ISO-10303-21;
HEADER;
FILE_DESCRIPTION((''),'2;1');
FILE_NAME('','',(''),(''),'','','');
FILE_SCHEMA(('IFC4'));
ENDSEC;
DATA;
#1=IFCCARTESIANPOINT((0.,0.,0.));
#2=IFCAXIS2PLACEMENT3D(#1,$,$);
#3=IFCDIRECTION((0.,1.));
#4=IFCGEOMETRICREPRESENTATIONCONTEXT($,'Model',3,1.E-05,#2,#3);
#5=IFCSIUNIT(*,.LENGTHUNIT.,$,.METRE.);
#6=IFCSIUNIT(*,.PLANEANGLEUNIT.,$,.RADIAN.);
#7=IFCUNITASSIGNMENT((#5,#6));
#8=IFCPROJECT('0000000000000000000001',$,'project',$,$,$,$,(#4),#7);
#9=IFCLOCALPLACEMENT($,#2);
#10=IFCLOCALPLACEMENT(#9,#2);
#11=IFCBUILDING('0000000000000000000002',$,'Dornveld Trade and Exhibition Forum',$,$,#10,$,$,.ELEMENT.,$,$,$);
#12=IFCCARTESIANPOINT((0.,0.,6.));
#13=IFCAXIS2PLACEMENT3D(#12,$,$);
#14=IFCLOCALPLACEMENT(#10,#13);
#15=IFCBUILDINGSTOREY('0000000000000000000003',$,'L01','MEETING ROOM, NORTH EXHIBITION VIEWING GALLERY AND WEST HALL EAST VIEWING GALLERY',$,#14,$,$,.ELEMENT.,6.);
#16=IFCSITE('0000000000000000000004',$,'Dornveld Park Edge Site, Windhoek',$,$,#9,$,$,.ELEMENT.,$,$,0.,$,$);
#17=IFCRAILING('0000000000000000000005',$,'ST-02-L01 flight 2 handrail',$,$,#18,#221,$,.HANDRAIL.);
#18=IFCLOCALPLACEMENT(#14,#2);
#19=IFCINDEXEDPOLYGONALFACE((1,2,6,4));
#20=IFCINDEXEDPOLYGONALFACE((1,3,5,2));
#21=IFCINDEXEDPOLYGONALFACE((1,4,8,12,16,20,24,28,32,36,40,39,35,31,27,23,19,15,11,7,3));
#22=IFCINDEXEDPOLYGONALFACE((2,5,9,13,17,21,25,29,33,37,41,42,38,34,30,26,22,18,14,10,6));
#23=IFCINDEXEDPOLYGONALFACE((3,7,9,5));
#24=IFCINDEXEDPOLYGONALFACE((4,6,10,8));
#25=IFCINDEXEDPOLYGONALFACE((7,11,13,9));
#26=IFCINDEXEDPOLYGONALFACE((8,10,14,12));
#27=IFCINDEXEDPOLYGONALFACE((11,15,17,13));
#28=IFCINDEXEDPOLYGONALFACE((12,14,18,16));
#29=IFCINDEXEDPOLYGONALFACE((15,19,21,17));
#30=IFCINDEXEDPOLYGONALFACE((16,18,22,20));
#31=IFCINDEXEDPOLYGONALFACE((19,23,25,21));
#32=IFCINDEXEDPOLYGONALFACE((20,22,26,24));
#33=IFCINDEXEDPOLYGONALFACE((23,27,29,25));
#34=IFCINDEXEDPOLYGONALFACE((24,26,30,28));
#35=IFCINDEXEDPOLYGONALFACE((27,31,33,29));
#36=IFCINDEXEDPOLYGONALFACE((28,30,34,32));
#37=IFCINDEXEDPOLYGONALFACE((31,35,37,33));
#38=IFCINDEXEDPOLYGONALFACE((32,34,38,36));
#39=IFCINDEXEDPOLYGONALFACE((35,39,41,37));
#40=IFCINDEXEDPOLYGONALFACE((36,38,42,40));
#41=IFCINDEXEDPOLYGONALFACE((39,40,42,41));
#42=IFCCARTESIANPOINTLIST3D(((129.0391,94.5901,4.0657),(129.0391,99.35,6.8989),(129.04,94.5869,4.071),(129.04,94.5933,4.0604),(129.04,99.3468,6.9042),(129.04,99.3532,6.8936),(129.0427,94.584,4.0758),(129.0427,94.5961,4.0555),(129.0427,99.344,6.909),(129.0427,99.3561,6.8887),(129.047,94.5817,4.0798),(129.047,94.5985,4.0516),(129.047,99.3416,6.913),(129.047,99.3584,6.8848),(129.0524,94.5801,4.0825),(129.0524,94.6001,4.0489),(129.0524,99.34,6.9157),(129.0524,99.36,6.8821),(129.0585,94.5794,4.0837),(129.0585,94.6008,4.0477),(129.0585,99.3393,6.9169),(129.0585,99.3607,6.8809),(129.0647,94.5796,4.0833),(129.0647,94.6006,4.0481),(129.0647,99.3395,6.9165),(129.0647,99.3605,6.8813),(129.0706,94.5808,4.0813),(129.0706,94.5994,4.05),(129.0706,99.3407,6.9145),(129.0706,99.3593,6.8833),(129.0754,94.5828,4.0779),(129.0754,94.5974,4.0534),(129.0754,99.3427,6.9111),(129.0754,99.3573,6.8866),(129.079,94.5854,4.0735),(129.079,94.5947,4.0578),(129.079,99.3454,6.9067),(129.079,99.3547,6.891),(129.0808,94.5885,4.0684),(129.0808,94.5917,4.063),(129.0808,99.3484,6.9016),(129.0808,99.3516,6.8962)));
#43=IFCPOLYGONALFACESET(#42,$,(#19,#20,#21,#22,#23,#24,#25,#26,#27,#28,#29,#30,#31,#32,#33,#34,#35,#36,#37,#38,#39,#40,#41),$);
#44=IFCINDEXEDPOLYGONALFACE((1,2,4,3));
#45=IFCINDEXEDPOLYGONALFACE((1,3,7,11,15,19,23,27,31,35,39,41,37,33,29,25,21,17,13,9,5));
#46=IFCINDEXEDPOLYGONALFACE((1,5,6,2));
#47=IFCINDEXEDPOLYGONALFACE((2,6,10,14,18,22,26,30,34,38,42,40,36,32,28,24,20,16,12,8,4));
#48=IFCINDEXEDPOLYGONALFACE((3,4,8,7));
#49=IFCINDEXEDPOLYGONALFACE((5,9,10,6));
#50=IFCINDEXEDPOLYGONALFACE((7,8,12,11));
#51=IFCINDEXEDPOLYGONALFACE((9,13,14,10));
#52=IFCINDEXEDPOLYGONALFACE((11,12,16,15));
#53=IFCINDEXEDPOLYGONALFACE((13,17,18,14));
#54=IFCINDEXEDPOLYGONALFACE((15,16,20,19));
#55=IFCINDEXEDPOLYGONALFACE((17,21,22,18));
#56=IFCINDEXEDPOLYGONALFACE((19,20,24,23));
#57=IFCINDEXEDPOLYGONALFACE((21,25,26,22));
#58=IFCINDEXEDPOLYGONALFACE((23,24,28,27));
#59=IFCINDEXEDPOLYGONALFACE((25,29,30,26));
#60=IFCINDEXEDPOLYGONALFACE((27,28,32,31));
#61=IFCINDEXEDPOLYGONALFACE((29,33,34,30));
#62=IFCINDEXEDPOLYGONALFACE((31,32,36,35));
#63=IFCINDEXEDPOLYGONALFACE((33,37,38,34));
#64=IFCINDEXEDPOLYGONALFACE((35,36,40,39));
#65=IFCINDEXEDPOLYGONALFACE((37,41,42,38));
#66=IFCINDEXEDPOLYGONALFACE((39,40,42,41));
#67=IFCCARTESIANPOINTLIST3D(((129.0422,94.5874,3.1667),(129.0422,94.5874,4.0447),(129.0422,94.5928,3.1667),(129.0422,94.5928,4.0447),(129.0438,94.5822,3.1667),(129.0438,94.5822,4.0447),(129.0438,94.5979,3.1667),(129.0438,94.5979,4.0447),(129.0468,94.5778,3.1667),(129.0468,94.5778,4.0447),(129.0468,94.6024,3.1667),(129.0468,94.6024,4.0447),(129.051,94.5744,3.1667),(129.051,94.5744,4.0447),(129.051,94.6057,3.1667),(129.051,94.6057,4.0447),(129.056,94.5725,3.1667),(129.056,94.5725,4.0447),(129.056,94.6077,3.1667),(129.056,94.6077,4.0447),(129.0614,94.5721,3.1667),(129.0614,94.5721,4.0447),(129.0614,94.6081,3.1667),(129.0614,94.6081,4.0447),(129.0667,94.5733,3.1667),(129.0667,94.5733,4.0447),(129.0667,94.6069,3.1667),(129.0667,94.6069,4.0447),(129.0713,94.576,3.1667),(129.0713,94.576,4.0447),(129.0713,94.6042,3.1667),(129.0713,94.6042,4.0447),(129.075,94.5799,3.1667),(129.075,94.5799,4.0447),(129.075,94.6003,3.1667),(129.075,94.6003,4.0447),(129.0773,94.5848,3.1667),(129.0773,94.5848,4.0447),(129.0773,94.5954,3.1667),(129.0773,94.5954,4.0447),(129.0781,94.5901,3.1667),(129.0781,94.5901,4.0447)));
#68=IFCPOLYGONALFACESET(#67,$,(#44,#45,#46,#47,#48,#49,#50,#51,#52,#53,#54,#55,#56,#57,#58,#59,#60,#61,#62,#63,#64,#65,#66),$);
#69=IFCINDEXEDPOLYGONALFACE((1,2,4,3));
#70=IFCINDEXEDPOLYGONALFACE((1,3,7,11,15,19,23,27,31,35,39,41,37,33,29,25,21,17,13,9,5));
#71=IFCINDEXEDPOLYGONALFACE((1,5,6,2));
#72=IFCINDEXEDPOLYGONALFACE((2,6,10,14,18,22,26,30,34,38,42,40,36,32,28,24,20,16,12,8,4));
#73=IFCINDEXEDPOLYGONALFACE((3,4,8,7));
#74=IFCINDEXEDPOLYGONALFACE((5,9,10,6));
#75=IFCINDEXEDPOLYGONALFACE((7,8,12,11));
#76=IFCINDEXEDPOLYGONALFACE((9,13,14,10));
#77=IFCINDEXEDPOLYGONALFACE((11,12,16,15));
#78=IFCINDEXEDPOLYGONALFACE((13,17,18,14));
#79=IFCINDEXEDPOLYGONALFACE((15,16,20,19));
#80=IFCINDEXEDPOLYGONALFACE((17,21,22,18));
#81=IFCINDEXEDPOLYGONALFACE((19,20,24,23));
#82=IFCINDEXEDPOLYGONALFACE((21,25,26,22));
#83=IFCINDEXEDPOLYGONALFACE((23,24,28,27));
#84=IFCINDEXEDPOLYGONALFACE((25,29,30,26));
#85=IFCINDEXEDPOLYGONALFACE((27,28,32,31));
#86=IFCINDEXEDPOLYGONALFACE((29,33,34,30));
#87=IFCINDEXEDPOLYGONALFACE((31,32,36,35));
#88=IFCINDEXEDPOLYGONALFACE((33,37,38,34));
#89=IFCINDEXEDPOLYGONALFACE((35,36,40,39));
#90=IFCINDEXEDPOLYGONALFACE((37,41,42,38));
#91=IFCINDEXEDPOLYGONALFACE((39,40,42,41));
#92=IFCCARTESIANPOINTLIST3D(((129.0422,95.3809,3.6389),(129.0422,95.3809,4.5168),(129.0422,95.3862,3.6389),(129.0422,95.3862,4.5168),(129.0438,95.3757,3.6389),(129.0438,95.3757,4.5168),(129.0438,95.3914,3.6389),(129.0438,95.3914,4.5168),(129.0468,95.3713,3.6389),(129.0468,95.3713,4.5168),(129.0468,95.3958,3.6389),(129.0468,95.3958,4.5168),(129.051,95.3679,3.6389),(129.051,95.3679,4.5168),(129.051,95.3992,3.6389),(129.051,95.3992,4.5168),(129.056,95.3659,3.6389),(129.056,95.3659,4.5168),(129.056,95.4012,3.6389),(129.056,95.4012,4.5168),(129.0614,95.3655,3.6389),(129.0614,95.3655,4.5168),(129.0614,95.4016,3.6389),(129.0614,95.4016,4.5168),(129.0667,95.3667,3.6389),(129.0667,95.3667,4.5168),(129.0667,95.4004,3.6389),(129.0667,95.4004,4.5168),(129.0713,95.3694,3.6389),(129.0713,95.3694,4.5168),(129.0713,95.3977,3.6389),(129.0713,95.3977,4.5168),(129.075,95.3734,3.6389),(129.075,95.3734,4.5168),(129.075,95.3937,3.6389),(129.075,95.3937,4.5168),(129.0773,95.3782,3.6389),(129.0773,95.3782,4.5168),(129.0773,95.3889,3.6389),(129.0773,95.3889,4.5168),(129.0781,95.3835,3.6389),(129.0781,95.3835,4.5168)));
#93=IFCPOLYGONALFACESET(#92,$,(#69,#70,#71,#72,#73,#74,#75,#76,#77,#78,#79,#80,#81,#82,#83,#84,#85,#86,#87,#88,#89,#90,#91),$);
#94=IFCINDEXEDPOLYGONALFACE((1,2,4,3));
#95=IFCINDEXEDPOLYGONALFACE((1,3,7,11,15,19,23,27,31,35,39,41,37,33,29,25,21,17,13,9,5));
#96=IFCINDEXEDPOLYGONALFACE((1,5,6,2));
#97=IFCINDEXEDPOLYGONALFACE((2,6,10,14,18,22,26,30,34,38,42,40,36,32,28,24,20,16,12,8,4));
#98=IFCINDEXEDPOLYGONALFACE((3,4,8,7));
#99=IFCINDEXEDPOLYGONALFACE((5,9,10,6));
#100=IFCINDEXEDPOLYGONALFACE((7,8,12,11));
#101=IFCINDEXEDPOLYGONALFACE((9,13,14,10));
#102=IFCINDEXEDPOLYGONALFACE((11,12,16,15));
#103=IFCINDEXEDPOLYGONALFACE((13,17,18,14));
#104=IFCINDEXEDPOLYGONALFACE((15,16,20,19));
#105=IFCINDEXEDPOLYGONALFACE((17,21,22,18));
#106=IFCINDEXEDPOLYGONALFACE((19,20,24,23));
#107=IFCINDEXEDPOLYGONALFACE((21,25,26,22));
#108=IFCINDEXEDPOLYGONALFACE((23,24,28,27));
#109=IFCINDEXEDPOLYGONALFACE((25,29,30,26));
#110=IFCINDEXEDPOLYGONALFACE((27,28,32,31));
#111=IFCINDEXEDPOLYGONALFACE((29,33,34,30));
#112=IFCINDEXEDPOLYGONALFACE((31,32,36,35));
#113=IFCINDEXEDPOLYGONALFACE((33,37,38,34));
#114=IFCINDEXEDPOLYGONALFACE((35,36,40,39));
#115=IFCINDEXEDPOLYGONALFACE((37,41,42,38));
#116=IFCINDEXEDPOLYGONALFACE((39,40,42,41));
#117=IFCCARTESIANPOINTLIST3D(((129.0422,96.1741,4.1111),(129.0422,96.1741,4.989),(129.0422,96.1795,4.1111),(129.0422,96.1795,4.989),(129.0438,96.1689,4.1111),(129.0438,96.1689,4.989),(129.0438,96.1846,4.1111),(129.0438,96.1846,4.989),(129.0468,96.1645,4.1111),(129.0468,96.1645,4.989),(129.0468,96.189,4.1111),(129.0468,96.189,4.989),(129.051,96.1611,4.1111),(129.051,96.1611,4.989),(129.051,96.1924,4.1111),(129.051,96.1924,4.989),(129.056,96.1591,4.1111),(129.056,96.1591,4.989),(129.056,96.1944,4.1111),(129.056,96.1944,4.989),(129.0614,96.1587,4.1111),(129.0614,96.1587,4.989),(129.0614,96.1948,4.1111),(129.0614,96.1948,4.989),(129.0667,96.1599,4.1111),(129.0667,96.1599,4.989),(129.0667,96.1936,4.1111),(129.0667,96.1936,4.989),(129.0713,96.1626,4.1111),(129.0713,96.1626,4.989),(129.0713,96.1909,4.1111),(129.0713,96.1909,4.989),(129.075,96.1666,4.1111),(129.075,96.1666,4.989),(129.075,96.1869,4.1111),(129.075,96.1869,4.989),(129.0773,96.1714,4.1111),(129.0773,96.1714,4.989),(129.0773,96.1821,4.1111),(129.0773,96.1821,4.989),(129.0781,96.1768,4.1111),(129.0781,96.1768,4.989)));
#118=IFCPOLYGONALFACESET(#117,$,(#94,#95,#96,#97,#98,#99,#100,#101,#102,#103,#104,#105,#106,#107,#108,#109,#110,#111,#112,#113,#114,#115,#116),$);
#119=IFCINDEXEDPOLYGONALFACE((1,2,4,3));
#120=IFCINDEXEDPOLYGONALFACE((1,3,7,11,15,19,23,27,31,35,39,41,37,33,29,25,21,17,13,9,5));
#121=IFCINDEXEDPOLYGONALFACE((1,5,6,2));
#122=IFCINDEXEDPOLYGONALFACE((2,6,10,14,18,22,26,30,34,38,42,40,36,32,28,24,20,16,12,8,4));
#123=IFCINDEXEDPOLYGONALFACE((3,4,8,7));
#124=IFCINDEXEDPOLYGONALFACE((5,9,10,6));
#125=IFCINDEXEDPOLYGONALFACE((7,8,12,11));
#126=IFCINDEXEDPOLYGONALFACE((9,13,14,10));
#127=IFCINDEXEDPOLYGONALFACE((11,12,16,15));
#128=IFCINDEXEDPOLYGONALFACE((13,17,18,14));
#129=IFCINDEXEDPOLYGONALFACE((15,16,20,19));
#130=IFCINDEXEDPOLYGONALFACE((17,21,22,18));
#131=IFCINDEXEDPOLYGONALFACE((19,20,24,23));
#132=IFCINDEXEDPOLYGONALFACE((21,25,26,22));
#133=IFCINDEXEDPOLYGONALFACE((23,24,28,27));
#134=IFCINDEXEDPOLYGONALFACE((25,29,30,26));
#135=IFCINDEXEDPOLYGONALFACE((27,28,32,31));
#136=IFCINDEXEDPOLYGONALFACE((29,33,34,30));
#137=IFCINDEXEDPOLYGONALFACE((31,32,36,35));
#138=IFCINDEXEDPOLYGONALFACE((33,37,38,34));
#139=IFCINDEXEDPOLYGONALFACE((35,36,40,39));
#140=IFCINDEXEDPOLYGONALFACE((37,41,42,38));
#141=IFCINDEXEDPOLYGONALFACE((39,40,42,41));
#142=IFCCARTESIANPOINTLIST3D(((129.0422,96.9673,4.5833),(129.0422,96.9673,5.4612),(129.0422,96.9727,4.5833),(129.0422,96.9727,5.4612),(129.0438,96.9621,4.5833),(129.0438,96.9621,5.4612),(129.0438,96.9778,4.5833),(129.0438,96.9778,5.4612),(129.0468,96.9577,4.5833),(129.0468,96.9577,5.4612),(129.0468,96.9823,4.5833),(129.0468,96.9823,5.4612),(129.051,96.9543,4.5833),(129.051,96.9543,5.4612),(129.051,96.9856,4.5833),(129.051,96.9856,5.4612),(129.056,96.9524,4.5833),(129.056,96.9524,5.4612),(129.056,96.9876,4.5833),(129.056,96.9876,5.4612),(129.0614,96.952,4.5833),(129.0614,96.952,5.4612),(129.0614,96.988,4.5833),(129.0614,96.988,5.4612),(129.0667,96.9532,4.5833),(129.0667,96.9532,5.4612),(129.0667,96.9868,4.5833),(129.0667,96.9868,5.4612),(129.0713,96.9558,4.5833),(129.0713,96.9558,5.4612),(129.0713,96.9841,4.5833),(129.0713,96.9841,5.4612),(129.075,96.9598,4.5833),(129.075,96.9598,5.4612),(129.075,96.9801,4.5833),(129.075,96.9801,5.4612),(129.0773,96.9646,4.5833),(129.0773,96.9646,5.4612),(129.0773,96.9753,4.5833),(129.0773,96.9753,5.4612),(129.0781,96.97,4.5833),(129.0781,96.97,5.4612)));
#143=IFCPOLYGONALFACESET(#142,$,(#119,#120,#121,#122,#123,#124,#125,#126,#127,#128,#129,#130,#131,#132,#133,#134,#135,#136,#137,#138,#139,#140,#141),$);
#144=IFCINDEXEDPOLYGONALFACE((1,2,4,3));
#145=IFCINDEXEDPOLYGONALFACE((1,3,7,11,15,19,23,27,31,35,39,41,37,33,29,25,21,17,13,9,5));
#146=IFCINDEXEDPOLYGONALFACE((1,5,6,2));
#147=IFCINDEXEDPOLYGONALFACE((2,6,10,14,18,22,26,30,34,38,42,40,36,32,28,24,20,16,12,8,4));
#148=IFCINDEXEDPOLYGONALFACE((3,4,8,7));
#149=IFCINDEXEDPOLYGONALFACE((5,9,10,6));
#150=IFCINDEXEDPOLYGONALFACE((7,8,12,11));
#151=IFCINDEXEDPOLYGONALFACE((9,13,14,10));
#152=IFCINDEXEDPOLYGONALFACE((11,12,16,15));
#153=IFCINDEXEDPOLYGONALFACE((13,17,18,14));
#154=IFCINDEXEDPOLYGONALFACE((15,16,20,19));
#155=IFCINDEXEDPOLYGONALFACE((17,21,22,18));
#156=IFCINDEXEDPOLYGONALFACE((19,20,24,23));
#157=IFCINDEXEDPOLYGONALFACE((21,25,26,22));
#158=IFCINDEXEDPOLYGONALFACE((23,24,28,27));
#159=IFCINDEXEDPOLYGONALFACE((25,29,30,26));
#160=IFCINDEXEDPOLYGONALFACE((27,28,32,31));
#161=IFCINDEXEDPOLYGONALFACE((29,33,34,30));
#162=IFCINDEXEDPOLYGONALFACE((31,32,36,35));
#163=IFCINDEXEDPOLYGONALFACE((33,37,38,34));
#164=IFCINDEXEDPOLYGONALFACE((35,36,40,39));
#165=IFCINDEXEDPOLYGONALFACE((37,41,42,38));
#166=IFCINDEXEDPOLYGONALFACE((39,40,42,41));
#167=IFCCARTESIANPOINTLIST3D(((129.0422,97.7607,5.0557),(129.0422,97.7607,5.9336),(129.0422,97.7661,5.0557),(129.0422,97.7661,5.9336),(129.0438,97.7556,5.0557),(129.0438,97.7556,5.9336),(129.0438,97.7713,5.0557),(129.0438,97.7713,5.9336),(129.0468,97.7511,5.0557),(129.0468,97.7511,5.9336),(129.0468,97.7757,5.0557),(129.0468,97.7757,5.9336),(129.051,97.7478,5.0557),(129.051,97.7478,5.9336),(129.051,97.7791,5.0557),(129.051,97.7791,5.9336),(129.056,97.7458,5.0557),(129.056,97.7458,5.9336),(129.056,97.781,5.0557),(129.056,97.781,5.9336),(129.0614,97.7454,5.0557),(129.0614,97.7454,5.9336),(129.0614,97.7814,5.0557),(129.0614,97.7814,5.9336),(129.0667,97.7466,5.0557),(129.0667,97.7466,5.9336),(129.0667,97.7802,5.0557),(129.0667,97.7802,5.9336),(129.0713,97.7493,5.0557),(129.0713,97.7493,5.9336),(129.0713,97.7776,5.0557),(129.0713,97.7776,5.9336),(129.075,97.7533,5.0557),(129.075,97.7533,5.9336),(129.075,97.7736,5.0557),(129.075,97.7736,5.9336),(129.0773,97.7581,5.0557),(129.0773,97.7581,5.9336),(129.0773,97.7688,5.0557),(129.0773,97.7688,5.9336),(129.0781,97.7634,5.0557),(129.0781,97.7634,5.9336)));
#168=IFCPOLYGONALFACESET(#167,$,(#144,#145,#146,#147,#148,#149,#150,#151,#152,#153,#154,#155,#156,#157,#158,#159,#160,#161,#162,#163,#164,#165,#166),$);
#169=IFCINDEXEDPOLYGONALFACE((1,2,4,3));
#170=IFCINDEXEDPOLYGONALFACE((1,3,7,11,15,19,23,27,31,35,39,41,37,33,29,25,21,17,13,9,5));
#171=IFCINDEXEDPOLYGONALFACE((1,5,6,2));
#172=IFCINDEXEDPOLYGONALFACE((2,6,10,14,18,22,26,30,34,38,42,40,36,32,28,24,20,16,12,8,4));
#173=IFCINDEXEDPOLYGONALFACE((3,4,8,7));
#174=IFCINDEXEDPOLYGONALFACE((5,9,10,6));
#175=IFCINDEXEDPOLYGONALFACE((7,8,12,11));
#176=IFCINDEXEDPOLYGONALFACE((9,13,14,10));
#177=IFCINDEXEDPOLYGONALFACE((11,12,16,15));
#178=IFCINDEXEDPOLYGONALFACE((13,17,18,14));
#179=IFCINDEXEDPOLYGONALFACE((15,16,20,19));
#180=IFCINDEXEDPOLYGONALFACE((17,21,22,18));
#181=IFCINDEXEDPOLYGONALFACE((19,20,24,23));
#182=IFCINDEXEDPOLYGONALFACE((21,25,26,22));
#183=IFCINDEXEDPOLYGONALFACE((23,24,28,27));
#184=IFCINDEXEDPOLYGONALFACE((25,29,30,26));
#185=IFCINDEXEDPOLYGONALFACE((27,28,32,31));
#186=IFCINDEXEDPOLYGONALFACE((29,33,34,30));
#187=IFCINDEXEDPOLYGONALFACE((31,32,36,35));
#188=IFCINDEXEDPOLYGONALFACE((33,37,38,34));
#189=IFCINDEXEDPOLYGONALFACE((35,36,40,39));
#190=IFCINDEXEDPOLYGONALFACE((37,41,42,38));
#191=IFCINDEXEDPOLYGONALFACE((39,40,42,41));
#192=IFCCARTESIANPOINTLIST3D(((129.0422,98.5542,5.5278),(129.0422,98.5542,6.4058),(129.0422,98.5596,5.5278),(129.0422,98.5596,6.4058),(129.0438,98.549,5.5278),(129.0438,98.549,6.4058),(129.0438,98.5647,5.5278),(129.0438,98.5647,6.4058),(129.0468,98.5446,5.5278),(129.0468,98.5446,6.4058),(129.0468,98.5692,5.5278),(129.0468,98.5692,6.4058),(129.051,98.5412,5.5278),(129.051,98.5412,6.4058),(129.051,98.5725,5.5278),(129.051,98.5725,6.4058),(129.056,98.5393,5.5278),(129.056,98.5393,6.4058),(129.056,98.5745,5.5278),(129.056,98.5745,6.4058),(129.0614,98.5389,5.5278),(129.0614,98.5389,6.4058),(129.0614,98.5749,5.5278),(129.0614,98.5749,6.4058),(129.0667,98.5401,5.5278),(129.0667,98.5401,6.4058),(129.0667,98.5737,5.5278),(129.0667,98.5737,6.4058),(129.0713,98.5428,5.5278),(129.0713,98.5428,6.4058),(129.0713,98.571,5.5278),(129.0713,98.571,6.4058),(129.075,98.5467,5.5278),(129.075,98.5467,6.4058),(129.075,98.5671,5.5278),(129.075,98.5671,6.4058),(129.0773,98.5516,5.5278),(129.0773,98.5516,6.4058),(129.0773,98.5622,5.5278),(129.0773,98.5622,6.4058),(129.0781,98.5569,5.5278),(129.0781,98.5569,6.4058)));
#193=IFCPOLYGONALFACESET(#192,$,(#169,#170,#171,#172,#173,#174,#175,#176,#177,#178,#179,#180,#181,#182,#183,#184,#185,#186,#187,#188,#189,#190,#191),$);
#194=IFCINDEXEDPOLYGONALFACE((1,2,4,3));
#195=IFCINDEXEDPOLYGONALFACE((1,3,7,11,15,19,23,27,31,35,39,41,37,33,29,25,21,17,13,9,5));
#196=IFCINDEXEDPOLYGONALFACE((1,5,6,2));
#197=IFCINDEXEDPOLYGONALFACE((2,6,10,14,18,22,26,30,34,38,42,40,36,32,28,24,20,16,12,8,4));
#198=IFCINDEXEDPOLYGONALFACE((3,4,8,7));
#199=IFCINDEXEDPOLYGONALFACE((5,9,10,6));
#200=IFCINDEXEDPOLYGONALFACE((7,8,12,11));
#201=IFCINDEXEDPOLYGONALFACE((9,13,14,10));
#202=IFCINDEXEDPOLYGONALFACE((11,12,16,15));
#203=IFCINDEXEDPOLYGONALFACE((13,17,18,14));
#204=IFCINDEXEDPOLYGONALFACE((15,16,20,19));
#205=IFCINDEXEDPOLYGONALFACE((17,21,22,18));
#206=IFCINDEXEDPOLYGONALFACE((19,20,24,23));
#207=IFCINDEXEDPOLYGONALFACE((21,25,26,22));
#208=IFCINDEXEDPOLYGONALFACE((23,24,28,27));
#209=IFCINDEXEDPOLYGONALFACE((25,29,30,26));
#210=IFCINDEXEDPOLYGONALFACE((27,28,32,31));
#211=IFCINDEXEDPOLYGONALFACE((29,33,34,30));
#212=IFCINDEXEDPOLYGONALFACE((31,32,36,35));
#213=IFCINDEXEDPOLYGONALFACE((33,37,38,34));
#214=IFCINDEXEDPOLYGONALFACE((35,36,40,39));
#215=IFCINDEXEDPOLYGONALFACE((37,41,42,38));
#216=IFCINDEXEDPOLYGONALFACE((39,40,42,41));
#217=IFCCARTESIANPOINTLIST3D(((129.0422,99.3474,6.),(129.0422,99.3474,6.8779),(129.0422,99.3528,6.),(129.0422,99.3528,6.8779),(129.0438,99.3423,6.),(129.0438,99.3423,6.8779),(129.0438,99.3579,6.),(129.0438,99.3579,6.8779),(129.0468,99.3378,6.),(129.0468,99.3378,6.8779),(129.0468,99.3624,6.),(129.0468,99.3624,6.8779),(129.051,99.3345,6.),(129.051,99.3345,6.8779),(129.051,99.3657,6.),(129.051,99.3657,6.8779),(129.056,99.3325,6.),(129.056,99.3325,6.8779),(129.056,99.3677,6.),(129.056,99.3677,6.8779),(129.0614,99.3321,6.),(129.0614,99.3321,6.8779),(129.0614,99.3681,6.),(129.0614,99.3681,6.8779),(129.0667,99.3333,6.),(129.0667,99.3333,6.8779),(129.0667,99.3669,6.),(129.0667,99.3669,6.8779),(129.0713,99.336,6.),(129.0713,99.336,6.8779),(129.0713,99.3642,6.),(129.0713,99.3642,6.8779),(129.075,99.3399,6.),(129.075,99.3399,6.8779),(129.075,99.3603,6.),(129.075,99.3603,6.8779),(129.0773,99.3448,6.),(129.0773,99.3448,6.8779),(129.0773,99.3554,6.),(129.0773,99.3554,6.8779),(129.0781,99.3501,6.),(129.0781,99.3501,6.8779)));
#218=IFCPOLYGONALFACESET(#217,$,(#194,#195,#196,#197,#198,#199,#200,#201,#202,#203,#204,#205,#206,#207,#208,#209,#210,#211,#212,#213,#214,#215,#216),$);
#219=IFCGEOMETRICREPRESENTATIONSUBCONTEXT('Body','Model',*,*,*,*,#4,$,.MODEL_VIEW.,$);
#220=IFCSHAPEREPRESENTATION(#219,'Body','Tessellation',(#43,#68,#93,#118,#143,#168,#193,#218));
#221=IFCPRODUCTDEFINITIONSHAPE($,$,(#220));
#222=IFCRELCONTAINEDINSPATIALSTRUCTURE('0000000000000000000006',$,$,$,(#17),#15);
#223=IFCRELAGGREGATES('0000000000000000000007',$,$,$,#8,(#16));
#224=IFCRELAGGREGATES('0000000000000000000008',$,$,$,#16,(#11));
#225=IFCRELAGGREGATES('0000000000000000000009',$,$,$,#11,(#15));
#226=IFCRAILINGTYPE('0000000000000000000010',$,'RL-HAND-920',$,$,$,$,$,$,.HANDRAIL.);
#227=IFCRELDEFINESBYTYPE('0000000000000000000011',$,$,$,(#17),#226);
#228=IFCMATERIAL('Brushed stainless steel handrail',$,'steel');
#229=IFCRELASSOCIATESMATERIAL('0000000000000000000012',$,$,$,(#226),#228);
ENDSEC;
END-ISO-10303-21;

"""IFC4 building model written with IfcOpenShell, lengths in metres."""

from ifc_helpers import new_model, si_unit, direction, frame, origin, origin_2d, place, context, subcontext, project, spatial, circle, extrude, material, type_object, element, save


model = new_model("IFC4")

# Units and contexts
model_context = context("Model", 3, precision=1e-05, world=origin(), true_north=direction((0.0, 1.0)))
body_context = subcontext(model_context, "Body", "Model", "MODEL_VIEW")
ifc_project = project(units=[si_unit("LENGTHUNIT", "METRE"), si_unit("PLANEANGLEUNIT", "RADIAN")], contexts=[model_context])

# Site, building, storey
site_placement = place(None, origin())
site = spatial("IfcSite", under=ifc_project, at=site_placement, Name="Dornveld Park Edge Site, Windhoek", CompositionType="ELEMENT", RefElevation=0.0)
building_placement = place(site_placement, origin())
building = spatial("IfcBuilding", under=site, at=building_placement, Name="Dornveld Trade and Exhibition Forum", CompositionType="ELEMENT")
storey_placement = place(building_placement, frame((0.0, 0.0, 6.0)))
storey = spatial("IfcBuildingStorey", under=building, at=storey_placement, Name="L01", Description="MEETING ROOM, NORTH EXHIBITION VIEWING GALLERY AND WEST HALL EAST VIEWING GALLERY", CompositionType="ELEMENT", Elevation=6.0)

# Railing
ifc_material_1 = material(Name="Brushed stainless steel handrail", Category="steel")
railing_type_1 = type_object("IfcRailingType", Name="RL-HAND-920", PredefinedType="HANDRAIL", material=ifc_material_1)
railing_1_placement = place(storey_placement, frame((129.0601, 94.5901, 3.1667)))
element("IfcRailing", 1, at=railing_1_placement, inside=storey, type_object=railing_type_1, Name="ST-02-L01 flight 2 handrail", PredefinedType="HANDRAIL", context=body_context, shape_type="SweptSolid", body=[
    extrude(circle(Radius=0.021, at=origin_2d()), frame((0.0, 0.0, 0.8989), z_axis=(0.0, 0.8593, 0.511472), x_axis=(-1.0, 0.0, 0.0)), (0.0, 0.0, 1.0), 5.5393),
    extrude(circle(Radius=0.0181, at=origin_2d()), origin(), (0.0, 0.0, 1.0), 0.8779),
    extrude(circle(Radius=0.0181, at=origin_2d()), frame((0.0, 0.7935, 0.4722)), (0.0, 0.0, 1.0), 0.8779),
    extrude(circle(Radius=0.0181, at=origin_2d()), frame((0.0, 1.5867, 0.9443)), (0.0, 0.0, 1.0), 0.8779),
    extrude(circle(Radius=0.0181, at=origin_2d()), frame((0.0, 2.3799, 1.4165)), (0.0, 0.0, 1.0), 0.8779),
    extrude(circle(Radius=0.0181, at=origin_2d()), frame((0.0, 3.1733, 1.8889)), (0.0, 0.0, 1.0), 0.8779),
    extrude(circle(Radius=0.0181, at=origin_2d()), frame((0.0, 3.9668, 2.3611)), (0.0, 0.0, 1.0), 0.8779),
    extrude(circle(Radius=0.0181, at=origin_2d()), frame((0.0, 4.76, 2.8333)), (0.0, 0.0, 1.0), 0.8779),
])

save(model, "model.ifc")
